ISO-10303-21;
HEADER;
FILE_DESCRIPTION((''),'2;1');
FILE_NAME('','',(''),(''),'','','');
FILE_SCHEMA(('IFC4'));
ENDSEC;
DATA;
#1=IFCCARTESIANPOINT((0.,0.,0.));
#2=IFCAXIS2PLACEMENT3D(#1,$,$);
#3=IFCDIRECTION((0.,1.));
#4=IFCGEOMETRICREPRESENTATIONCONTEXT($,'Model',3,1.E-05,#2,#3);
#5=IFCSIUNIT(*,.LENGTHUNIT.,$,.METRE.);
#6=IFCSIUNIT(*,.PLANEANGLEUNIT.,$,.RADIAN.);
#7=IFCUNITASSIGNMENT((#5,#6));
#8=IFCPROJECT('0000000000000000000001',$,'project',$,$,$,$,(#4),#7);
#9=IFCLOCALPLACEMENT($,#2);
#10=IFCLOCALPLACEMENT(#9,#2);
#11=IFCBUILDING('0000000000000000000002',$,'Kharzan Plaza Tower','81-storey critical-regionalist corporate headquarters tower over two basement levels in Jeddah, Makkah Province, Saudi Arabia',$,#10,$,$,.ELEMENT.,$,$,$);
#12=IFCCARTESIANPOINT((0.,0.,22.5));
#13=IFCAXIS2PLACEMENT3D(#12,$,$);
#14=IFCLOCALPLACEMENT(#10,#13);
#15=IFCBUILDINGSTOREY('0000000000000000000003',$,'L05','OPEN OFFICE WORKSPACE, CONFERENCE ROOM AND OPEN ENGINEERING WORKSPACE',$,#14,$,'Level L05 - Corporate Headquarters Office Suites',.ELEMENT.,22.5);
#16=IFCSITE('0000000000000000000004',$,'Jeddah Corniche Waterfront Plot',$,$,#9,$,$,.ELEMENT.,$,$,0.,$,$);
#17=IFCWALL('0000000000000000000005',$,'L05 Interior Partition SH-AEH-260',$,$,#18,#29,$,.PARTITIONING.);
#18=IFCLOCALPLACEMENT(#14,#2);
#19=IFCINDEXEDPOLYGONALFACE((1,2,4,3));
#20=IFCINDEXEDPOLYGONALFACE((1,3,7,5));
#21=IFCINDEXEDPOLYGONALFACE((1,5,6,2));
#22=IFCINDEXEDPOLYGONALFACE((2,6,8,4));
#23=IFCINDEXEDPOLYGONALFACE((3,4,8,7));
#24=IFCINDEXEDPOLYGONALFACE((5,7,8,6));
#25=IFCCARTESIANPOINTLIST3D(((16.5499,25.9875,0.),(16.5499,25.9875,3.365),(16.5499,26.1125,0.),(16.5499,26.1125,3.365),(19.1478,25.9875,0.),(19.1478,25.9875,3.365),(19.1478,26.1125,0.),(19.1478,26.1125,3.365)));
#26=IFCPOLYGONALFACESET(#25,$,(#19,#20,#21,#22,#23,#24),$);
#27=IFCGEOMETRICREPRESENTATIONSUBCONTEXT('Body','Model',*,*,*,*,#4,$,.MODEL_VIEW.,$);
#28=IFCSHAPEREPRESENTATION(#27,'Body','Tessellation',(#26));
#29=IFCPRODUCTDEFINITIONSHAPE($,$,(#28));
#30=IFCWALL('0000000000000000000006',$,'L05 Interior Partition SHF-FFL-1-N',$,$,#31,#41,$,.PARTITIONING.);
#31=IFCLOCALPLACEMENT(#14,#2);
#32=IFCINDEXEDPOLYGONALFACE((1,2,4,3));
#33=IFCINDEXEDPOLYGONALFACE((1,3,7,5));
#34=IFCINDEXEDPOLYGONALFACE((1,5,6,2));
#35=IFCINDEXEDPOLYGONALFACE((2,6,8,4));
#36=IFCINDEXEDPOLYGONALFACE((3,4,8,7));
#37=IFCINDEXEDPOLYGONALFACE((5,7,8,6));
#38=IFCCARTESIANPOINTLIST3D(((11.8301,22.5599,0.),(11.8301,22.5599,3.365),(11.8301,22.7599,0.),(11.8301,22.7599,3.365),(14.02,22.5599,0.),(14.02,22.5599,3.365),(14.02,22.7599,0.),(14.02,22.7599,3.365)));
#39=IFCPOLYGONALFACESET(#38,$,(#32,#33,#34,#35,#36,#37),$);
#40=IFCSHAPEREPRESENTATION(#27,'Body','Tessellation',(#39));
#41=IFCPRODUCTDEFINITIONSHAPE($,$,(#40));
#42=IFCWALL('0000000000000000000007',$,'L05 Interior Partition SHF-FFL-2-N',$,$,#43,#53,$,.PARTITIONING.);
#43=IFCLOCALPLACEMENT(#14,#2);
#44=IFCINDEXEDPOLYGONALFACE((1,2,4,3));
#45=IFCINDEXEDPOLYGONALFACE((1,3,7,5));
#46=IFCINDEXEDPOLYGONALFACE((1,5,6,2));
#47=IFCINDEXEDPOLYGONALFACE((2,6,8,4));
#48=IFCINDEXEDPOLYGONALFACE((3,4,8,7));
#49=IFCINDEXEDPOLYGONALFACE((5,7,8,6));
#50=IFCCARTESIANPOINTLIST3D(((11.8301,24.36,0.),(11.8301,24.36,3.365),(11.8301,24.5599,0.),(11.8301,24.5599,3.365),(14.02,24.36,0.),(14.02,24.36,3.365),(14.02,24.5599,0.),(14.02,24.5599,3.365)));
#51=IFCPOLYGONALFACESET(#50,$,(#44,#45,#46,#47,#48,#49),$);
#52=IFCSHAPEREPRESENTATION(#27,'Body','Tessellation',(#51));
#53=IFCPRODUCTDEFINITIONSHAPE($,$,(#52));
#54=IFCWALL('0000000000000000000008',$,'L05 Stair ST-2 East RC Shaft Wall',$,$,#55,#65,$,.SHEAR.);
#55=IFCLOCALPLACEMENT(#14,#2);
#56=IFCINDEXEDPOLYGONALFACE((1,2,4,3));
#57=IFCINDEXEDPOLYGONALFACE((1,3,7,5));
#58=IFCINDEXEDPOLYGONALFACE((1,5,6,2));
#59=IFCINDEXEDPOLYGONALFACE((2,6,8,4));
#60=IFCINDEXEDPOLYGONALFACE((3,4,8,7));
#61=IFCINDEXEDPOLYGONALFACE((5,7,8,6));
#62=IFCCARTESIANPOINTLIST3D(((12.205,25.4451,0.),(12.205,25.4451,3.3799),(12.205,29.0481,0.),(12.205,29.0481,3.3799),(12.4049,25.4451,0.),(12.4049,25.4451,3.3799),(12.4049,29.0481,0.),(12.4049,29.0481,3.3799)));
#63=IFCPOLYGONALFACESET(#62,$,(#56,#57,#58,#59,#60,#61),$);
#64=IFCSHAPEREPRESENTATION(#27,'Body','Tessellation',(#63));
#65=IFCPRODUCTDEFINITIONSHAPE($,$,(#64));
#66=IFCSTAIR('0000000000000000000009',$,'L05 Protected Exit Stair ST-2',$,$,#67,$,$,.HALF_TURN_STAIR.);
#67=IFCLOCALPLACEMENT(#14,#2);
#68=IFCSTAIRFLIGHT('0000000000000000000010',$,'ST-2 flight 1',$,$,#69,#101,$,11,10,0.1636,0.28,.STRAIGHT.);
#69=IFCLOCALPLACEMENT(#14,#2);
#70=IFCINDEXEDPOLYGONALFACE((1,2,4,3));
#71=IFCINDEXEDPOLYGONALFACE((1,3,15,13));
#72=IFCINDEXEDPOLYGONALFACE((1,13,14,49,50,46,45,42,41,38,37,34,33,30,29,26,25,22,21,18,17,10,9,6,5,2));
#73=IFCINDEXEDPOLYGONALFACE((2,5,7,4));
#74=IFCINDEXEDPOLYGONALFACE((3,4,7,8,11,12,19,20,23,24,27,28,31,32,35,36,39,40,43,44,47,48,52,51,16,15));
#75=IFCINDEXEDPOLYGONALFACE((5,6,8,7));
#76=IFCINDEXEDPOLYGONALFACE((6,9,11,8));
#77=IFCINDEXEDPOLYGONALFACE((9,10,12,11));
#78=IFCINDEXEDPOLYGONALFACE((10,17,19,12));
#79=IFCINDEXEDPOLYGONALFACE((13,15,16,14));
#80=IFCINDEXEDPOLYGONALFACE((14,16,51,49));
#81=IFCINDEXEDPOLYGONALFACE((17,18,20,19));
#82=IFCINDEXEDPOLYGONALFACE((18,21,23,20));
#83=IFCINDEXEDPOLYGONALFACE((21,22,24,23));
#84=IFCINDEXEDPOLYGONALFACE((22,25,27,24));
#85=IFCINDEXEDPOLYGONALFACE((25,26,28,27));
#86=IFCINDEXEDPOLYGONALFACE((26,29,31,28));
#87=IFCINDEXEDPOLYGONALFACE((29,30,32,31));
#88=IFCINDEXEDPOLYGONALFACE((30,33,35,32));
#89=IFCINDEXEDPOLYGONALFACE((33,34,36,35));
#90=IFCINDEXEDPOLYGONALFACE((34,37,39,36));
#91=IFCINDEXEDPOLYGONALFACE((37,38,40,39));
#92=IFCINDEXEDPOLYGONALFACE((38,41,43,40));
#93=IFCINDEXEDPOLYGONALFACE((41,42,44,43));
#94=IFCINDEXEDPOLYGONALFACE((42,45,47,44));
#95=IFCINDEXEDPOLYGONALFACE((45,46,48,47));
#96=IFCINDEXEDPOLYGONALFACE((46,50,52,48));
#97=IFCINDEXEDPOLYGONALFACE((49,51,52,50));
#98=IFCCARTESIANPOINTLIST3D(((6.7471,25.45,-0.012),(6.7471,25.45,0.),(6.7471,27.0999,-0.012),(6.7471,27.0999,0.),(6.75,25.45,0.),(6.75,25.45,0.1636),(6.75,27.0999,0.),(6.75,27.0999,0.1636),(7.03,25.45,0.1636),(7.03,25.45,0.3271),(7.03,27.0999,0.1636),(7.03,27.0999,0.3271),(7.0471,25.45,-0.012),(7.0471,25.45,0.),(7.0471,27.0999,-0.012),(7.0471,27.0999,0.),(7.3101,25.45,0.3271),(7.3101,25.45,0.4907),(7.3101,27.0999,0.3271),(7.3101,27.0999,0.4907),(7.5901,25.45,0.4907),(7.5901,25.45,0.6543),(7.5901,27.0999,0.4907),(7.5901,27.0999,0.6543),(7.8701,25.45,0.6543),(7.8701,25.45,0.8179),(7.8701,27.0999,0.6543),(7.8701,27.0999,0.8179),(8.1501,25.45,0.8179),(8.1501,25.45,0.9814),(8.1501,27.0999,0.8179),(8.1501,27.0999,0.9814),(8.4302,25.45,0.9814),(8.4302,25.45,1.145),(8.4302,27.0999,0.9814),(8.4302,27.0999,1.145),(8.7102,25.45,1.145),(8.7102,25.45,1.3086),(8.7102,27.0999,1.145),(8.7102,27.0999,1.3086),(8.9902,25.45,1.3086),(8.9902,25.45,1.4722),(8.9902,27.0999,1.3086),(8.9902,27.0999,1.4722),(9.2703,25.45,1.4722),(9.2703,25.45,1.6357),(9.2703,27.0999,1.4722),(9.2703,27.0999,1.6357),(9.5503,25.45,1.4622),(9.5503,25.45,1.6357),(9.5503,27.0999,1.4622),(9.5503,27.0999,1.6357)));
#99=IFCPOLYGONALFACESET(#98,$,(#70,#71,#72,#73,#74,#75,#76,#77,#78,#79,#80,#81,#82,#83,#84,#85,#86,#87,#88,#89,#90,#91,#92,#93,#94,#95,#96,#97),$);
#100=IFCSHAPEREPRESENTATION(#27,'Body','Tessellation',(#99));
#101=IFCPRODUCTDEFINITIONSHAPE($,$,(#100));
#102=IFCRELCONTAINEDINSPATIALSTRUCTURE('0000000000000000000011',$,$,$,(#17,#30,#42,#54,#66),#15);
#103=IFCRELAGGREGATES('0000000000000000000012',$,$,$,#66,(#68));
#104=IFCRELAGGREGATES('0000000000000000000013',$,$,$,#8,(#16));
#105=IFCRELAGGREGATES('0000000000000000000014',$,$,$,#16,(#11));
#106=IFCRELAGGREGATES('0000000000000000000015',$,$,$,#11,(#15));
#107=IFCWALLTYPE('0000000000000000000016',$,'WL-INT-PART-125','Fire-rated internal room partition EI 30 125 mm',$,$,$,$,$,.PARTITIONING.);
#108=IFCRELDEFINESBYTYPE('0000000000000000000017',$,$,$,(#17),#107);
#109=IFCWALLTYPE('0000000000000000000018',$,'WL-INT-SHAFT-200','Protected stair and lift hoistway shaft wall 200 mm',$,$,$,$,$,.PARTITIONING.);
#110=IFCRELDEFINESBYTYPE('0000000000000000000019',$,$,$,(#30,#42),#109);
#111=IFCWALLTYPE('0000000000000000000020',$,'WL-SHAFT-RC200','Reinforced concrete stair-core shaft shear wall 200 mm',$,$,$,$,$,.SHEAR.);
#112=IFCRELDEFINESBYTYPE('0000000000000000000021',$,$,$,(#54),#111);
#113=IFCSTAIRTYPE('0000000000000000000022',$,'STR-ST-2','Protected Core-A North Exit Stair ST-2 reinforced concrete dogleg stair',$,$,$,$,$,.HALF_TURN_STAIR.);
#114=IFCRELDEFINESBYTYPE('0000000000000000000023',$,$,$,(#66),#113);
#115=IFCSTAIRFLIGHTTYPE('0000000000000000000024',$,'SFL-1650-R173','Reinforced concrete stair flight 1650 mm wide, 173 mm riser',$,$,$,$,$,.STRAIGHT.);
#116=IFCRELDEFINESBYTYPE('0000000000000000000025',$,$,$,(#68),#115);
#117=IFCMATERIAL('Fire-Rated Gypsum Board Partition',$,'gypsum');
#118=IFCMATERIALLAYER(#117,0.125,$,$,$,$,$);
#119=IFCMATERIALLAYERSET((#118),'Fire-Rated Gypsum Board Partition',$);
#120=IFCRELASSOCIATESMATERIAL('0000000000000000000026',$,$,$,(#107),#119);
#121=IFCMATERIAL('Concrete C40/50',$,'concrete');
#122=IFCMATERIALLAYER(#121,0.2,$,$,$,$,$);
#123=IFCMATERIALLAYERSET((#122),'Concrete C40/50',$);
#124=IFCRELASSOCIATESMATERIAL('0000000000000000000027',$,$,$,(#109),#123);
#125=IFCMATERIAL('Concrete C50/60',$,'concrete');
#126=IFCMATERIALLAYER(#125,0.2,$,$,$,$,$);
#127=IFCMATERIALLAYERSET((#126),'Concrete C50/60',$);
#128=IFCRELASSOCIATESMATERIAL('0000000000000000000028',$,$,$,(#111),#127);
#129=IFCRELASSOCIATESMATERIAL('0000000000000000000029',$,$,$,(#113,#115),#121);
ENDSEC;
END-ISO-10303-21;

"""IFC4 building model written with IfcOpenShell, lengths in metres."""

from ifc_helpers import new_model, si_unit, direction, frame, frame_2d, origin, place, context, subcontext, project, spatial, polyline, rectangle, outline, extrude, source, transform, mapped, material, layer, layer_set, type_object, element, aggregate, save


model = new_model("IFC4")

# Units and contexts
model_context = context("Model", 3, precision=1e-05, world=origin(), true_north=direction((0.0, 1.0)))
body_context = subcontext(model_context, "Body", "Model", "MODEL_VIEW")
ifc_project = project(units=[si_unit("LENGTHUNIT", "METRE"), si_unit("PLANEANGLEUNIT", "RADIAN")], contexts=[model_context])

# Site, building, storey
site_placement = place(None, origin())
site = spatial("IfcSite", under=ifc_project, at=site_placement, Name="Jeddah Corniche Waterfront Plot", CompositionType="ELEMENT", RefElevation=0.0)
building_placement = place(site_placement, origin())
building = spatial("IfcBuilding", under=site, at=building_placement, Name="Kharzan Plaza Tower", Description="81-storey critical-regionalist corporate headquarters tower over two basement levels in Jeddah, Makkah Province, Saudi Arabia", CompositionType="ELEMENT")
storey_placement = place(building_placement, frame((0.0, 0.0, 22.5)))
storey = spatial("IfcBuildingStorey", under=building, at=storey_placement, Name="L05", Description="OPEN OFFICE WORKSPACE, CONFERENCE ROOM AND OPEN ENGINEERING WORKSPACE", LongName="Level L05 - Corporate Headquarters Office Suites", CompositionType="ELEMENT", Elevation=22.5)

# Shared definitions
ifc_material_1 = material(Name="Fire-Rated Gypsum Board Partition", Category="gypsum")
ifc_layer_1 = layer(ifc_material_1, 0.125)
ifc_layer_set_1 = layer_set([ifc_layer_1], Name="Fire-Rated Gypsum Board Partition")
wall_type_1 = type_object("IfcWallType", Name="WL-INT-PART-125", Description="Fire-rated internal room partition EI 30 125 mm", PredefinedType="PARTITIONING", material=ifc_layer_set_1)
ifc_material_2 = material(Name="Concrete C40/50", Category="concrete")
ifc_layer_2 = layer(ifc_material_2, 0.2)
ifc_layer_set_2 = layer_set([ifc_layer_2], Name="Concrete C40/50")
wall_type_2 = type_object("IfcWallType", Name="WL-INT-SHAFT-200", Description="Protected stair and lift hoistway shaft wall 200 mm", PredefinedType="PARTITIONING", material=ifc_layer_set_2)
ifc_material_3 = material(Name="Concrete C50/60", Category="concrete")
ifc_layer_3 = layer(ifc_material_3, 0.2)
ifc_layer_set_3 = layer_set([ifc_layer_3], Name="Concrete C50/60")
wall_type_3 = type_object("IfcWallType", Name="WL-SHAFT-RC200", Description="Reinforced concrete stair-core shaft shear wall 200 mm", PredefinedType="SHEAR", material=ifc_layer_set_3)

# Walls
shared_shape_1 = source(origin(), body_context, "Body", "SweptSolid", [
    extrude(rectangle(XDim=2.5979, YDim=0.125, at=frame_2d((1.2988, 0.0))), origin(), (0.0, 0.0, 1.0), 3.365),
])
for number, where, z_axis, x_axis, name in (
    (1, (16.55, 26.05, 0.0), (0.0, 0.0, 1.0), (1.0, 0.0, 0.0), "L05 Interior Partition SH-AEH-260"),
):
    element("IfcWall", number, at=place(storey_placement, frame(where, z_axis=z_axis, x_axis=x_axis)), inside=storey, type_object=wall_type_1, Name=name, PredefinedType="PARTITIONING", context=body_context, shape_type="MappedRepresentation", body=[
        mapped(shared_shape_1, transform((0.0, 0.0, 0.0), x_axis=(1.0, 0.0, 0.0), y_axis=(0.0, 1.0, 0.0), z_axis=(0.0, 0.0, 1.0))),
    ])
shared_shape_2 = source(origin(), body_context, "Body", "SweptSolid", [
    extrude(rectangle(XDim=2.1899, YDim=0.2, at=frame_2d((1.095, 0.0))), origin(), (0.0, 0.0, 1.0), 3.365),
])
for number, where, z_axis, x_axis, name in (
    (2, (11.8301, 22.6599, 0.0), (0.0, 0.0, 1.0), (1.0, 0.0, 0.0), "L05 Interior Partition SHF-FFL-1-N"),
    (3, (11.8301, 24.46, 0.0), (0.0, 0.0, 1.0), (1.0, 0.0, 0.0), "L05 Interior Partition SHF-FFL-2-N"),
):
    element("IfcWall", number, at=place(storey_placement, frame(where, z_axis=z_axis, x_axis=x_axis)), inside=storey, type_object=wall_type_2, Name=name, PredefinedType="PARTITIONING", context=body_context, shape_type="MappedRepresentation", body=[
        mapped(shared_shape_2, transform((0.0, 0.0, 0.0), x_axis=(1.0, 0.0, 0.0), y_axis=(0.0, 1.0, 0.0), z_axis=(0.0, 0.0, 1.0))),
    ])
shared_shape_3 = source(origin(), body_context, "Body", "SweptSolid", [
    extrude(rectangle(XDim=3.603, YDim=0.2, at=frame_2d((1.8015, 0.0))), origin(), (0.0, 0.0, 1.0), 3.3799),
])
wall_1_placement = place(storey_placement, frame((12.3049, 25.4451, 0.0), z_axis=(0.0, 0.0, 1.0), x_axis=(0.0, 1.0, 0.0)))
element("IfcWall", 4, at=wall_1_placement, inside=storey, type_object=wall_type_3, Name="L05 Stair ST-2 East RC Shaft Wall", PredefinedType="SHEAR", context=body_context, shape_type="MappedRepresentation", body=[
    mapped(shared_shape_3, transform((0.0, 0.0, 0.0), x_axis=(1.0, 0.0, 0.0), y_axis=(0.0, 1.0, 0.0), z_axis=(0.0, 0.0, 1.0))),
])

# Stair, stair flight
stair_type = type_object("IfcStairType", Name="STR-ST-2", Description="Protected Core-A North Exit Stair ST-2 reinforced concrete dogleg stair", PredefinedType="HALF_TURN_STAIR", material=ifc_material_2)
stair_placement = place(storey_placement, origin())
stair = element("IfcStair", 5, at=stair_placement, inside=storey, type_object=stair_type, Name="L05 Protected Exit Stair ST-2", PredefinedType="HALF_TURN_STAIR")
stair_flight_type = type_object("IfcStairFlightType", Name="SFL-1650-R173", Description="Reinforced concrete stair flight 1650 mm wide, 173 mm riser", PredefinedType="STRAIGHT", material=ifc_material_2)
shared_shape_4 = source(origin(), body_context, "Body", "SweptSolid", [
    extrude(outline(polyline([(-0.0029, -0.012), (-0.0029, 0.0), (0.0, 0.0), (0.0, 0.1636), (0.28, 0.1636), (0.28, 0.3271), (0.5601, 0.3271), (0.5601, 0.4907), (0.8401, 0.4907), (0.8401, 0.6543), (1.1201, 0.6543), (1.1201, 0.8179), (1.4001, 0.8179), (1.4001, 0.9814), (1.6802, 0.9814), (1.6802, 1.145), (1.9602, 1.145), (1.9602, 1.3086), (2.2402, 1.3086), (2.2402, 1.4722), (2.5203, 1.4722), (2.5203, 1.6357), (2.8003, 1.6357), (2.8003, 1.7993), (2.8003, 1.4622), (0.2971, 0.0), (0.2971, -0.012), (-0.0029, -0.012)])), frame((0.0, 0.825, 0.0), z_axis=(0.0, -1.0, 0.0), x_axis=(1.0, 0.0, 0.0)), (0.0, 0.0, 1.0), 1.6499),
])
stair_flight_placement = place(storey_placement, frame((6.75, 26.2749, 0.0), z_axis=(0.0, 0.0, 1.0), x_axis=(1.0, 0.0, 0.0)))
stair_flight = element("IfcStairFlight", 6, at=stair_flight_placement, type_object=stair_flight_type, Name="ST-2 flight 1", NumberOfRisers=11, NumberOfTreads=10, PredefinedType="STRAIGHT", RiserHeight=0.1636, TreadLength=0.28, context=body_context, shape_type="MappedRepresentation", body=[
    mapped(shared_shape_4, transform((0.0, 0.0, 0.0), x_axis=(1.0, 0.0, 0.0), y_axis=(0.0, 1.0, 0.0), z_axis=(0.0, 0.0, 1.0))),
])
aggregate(stair, [stair_flight])

save(model, "model.ifc")
